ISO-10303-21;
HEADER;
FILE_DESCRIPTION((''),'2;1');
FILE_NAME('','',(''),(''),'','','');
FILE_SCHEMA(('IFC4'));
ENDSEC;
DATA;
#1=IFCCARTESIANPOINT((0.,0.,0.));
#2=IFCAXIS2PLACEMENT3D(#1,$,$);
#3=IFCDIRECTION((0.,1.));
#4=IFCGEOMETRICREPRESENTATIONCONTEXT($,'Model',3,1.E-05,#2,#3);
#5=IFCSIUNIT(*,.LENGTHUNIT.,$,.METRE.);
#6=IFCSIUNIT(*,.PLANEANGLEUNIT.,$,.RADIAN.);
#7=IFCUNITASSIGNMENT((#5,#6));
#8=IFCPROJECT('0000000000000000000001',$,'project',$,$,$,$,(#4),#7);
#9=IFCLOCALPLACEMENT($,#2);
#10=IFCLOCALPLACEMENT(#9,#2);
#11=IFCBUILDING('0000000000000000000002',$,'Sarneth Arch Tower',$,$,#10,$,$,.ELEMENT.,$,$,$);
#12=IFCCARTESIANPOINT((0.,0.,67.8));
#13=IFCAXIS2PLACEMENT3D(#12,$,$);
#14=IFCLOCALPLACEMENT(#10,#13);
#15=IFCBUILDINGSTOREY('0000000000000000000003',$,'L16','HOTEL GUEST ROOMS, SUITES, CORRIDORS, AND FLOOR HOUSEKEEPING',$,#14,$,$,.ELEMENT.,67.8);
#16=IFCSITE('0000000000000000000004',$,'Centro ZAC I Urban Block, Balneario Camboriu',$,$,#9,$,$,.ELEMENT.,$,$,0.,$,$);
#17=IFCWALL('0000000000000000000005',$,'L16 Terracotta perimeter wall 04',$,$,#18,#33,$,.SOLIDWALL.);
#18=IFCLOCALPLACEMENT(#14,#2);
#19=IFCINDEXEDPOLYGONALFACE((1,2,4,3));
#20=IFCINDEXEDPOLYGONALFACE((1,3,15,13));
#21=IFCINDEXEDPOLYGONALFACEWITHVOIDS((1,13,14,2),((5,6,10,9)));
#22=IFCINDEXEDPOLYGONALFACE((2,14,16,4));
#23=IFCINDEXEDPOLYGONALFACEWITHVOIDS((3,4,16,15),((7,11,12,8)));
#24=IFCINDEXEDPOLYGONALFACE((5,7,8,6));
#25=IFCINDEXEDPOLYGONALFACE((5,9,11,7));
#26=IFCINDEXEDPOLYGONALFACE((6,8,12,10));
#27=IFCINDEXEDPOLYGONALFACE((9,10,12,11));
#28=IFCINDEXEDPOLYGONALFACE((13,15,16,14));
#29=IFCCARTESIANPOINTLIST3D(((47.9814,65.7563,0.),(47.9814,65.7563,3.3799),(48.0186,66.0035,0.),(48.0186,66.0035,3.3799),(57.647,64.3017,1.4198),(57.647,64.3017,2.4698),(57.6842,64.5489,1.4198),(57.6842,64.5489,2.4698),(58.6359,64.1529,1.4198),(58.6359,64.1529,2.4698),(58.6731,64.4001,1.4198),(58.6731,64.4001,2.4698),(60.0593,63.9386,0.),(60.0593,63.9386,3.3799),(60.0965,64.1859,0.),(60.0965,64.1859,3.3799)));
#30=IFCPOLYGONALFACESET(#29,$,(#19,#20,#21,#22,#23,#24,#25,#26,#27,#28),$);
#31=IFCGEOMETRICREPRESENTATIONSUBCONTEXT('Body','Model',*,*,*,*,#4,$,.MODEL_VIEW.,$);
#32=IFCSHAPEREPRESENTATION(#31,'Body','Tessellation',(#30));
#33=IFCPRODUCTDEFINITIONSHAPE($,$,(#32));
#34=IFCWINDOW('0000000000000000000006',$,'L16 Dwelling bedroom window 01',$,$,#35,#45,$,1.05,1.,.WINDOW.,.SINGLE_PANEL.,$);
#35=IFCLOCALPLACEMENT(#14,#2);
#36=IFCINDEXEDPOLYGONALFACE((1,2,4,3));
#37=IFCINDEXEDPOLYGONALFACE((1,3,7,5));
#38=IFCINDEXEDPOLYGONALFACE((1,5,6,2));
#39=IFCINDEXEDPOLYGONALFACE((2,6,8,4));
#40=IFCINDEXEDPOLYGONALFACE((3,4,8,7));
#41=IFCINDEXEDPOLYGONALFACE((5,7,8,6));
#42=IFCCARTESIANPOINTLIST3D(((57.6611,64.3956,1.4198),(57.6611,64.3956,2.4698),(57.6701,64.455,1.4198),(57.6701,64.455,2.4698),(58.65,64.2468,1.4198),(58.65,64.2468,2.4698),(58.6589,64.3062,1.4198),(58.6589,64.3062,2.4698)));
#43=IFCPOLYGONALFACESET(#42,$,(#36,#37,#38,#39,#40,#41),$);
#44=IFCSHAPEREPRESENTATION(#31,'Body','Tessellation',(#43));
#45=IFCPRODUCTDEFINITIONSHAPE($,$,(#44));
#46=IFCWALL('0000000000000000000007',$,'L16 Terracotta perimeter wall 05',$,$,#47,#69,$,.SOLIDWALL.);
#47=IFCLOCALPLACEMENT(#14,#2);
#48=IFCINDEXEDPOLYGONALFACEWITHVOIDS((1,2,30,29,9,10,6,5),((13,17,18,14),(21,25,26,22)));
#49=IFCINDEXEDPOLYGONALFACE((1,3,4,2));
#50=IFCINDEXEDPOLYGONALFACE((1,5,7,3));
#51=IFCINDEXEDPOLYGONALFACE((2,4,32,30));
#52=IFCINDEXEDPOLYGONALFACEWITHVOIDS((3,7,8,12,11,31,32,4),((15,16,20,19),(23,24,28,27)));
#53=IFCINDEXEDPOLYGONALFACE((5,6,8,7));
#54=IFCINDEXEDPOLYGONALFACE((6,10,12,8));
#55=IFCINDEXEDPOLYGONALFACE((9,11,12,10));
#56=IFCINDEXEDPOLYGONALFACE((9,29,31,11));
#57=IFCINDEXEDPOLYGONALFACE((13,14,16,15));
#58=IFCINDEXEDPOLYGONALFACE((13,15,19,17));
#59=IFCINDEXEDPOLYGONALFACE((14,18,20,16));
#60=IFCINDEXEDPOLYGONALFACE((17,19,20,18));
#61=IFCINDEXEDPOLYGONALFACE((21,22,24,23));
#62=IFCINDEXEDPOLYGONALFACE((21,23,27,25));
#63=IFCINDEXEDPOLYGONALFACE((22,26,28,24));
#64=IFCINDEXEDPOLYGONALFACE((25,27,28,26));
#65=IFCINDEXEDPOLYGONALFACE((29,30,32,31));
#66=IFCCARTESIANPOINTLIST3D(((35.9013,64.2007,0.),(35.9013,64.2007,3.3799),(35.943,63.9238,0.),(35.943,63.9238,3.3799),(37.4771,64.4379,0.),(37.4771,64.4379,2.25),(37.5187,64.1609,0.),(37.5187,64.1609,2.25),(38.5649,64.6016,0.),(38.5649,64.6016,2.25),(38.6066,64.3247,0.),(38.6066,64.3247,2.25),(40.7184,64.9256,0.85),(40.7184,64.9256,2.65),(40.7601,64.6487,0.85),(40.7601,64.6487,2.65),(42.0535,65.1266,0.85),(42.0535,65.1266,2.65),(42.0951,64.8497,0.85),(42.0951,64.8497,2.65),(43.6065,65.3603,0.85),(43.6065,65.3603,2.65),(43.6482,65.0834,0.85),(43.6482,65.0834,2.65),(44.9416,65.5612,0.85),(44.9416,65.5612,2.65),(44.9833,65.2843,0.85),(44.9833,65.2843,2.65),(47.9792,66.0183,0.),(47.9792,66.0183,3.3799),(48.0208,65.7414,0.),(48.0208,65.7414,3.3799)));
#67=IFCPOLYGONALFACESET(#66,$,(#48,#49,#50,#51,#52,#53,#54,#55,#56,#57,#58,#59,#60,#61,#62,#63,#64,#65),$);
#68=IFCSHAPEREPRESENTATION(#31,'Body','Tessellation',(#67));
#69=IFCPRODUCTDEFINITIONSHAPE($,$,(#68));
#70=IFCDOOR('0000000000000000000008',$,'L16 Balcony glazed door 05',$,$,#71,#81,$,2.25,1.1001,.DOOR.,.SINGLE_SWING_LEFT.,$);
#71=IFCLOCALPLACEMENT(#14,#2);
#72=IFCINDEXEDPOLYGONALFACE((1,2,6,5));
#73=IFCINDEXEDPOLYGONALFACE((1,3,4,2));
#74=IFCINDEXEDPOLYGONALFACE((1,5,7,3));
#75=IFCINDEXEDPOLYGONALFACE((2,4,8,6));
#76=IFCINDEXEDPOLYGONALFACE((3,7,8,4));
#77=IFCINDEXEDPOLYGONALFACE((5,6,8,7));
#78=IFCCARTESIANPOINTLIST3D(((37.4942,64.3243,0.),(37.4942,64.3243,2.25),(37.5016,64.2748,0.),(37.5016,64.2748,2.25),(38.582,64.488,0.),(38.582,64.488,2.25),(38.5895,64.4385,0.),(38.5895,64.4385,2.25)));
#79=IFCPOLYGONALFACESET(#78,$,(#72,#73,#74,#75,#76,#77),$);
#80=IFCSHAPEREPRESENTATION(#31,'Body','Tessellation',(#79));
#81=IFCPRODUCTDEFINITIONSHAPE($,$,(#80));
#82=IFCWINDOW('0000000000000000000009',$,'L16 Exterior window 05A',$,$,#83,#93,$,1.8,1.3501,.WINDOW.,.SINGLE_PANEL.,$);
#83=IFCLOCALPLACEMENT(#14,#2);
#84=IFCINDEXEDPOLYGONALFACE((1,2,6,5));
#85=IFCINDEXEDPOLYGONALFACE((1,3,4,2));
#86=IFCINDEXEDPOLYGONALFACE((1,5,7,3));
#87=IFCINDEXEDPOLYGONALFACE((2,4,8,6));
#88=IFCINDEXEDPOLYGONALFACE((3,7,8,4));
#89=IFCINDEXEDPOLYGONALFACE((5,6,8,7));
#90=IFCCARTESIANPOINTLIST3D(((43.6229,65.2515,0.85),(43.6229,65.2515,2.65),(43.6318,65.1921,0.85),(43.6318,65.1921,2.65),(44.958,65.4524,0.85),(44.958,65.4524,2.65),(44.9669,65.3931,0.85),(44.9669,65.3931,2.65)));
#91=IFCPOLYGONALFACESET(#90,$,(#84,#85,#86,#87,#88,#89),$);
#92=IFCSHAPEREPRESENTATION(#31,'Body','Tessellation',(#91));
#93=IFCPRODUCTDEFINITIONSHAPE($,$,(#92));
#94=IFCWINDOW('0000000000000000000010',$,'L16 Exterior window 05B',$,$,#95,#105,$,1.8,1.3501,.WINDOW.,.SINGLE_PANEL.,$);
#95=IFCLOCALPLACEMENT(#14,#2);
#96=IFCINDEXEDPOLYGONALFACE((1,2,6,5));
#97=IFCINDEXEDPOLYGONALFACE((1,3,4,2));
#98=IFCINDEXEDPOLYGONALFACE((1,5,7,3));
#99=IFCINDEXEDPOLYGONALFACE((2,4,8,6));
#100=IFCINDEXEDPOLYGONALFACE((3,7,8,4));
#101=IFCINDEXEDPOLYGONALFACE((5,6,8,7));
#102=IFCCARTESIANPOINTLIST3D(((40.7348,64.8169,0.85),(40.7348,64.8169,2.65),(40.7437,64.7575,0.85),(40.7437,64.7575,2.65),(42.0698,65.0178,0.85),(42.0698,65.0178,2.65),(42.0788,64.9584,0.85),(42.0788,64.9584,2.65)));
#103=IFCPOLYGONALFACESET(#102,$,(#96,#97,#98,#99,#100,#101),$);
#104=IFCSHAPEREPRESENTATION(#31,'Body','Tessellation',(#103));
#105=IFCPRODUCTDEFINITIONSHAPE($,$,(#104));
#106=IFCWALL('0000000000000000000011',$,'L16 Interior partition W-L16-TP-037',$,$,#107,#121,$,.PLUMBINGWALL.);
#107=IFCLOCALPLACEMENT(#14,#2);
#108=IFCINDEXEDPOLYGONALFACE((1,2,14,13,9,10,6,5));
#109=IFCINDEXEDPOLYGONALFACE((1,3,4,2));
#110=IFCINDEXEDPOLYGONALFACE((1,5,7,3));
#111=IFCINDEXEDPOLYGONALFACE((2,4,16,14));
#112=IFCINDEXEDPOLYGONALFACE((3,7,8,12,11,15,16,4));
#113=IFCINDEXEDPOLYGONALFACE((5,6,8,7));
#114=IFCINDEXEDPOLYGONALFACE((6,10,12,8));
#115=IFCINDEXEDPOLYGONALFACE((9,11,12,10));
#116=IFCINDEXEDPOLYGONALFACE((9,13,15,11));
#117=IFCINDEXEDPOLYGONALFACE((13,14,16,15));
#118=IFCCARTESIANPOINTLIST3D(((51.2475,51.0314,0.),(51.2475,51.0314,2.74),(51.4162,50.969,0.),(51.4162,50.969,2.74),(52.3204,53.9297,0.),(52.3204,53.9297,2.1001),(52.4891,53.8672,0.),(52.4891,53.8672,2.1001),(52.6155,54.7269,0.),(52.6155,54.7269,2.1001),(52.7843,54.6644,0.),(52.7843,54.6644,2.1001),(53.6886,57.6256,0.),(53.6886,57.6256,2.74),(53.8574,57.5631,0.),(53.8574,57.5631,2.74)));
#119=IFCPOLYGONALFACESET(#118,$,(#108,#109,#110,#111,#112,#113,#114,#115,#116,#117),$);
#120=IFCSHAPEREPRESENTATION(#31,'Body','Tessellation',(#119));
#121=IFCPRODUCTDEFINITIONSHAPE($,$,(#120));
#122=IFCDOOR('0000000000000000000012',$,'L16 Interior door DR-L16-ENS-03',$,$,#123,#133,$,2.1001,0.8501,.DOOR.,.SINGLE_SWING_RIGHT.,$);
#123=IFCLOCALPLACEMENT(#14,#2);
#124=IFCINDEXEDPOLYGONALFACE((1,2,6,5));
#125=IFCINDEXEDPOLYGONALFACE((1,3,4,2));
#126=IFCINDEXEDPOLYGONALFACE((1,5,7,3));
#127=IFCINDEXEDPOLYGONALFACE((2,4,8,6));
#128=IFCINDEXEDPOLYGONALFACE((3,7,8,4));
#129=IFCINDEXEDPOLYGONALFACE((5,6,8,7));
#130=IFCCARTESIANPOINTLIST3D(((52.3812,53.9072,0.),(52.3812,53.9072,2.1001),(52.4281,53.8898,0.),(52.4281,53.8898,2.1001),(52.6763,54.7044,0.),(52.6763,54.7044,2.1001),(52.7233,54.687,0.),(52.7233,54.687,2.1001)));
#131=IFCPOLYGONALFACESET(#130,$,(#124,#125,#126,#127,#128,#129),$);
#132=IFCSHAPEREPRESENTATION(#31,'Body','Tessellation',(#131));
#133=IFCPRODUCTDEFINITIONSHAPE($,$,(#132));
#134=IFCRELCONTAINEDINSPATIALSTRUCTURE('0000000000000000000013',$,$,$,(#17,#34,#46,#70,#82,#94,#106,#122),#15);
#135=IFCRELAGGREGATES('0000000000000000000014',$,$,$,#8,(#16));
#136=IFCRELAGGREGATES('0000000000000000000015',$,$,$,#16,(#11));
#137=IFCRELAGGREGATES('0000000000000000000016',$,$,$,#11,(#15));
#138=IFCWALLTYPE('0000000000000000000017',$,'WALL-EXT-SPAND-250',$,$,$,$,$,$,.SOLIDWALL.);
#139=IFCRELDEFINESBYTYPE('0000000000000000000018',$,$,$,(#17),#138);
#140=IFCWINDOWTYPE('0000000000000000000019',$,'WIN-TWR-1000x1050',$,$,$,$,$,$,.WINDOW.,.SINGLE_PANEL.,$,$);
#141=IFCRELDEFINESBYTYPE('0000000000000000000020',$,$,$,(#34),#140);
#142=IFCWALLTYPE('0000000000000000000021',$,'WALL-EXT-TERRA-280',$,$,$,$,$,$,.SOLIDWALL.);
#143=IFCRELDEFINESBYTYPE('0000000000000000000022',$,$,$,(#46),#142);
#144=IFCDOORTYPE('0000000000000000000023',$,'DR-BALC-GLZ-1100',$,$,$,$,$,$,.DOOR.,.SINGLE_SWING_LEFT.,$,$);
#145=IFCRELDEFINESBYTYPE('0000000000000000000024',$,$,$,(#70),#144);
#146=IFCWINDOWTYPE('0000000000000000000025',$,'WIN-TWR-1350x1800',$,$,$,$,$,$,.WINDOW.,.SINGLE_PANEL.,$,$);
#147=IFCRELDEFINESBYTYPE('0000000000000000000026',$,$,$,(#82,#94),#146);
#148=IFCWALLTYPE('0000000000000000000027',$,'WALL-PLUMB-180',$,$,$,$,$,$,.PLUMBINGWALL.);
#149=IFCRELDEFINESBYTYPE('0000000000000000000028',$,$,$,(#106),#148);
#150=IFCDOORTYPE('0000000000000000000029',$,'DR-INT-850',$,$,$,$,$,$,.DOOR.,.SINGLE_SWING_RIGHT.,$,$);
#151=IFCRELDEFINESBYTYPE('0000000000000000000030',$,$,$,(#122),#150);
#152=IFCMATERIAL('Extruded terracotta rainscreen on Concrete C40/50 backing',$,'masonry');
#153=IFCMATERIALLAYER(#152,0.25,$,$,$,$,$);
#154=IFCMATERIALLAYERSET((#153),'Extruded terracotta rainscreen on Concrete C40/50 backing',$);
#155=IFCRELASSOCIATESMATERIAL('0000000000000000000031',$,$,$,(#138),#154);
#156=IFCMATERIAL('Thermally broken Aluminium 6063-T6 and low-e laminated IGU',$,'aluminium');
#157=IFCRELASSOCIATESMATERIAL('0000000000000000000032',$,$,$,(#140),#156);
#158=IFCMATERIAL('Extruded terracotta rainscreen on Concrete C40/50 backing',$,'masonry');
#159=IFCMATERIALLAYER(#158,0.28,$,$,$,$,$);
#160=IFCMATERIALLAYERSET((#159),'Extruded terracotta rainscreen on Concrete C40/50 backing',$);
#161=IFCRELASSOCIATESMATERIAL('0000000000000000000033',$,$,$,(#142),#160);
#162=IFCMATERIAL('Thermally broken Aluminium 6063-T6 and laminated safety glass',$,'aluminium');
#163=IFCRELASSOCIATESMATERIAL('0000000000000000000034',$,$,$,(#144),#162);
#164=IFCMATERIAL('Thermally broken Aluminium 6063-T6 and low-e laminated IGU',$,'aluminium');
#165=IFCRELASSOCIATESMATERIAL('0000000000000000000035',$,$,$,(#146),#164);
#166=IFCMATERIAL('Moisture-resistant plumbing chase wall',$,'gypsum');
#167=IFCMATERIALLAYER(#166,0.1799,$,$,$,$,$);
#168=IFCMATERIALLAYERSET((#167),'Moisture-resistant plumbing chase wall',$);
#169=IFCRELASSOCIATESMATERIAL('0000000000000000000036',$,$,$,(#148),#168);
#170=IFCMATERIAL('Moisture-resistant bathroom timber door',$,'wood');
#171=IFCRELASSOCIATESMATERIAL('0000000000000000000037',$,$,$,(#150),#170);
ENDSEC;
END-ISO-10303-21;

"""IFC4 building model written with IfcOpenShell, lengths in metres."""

from ifc_helpers import new_model, si_unit, direction, frame, frame_2d, origin, place, context, subcontext, project, spatial, rectangle, extrude, material, layer, layer_set, type_object, element, fill, save


model = new_model("IFC4")

# Units and contexts
model_context = context("Model", 3, precision=1e-05, world=origin(), true_north=direction((0.0, 1.0)))
body_context = subcontext(model_context, "Body", "Model", "MODEL_VIEW")
ifc_project = project(units=[si_unit("LENGTHUNIT", "METRE"), si_unit("PLANEANGLEUNIT", "RADIAN")], contexts=[model_context])

# Site, building, storey
site_placement = place(None, origin())
site = spatial("IfcSite", under=ifc_project, at=site_placement, Name="Centro ZAC I Urban Block, Balneario Camboriu", CompositionType="ELEMENT", RefElevation=0.0)
building_placement = place(site_placement, origin())
building = spatial("IfcBuilding", under=site, at=building_placement, Name="Sarneth Arch Tower", CompositionType="ELEMENT")
storey_placement = place(building_placement, frame((0.0, 0.0, 67.8)))
storey = spatial("IfcBuildingStorey", under=building, at=storey_placement, Name="L16", Description="HOTEL GUEST ROOMS, SUITES, CORRIDORS, AND FLOOR HOUSEKEEPING", CompositionType="ELEMENT", Elevation=67.8)

# Wall, opening, window
ifc_material_1 = material(Name="Extruded terracotta rainscreen on Concrete C40/50 backing", Category="masonry")
ifc_layer_1 = layer(ifc_material_1, 0.25)
ifc_layer_set_1 = layer_set([ifc_layer_1], Name="Extruded terracotta rainscreen on Concrete C40/50 backing")
wall_type_1 = type_object("IfcWallType", Name="WALL-EXT-SPAND-250", PredefinedType="SOLIDWALL", material=ifc_layer_set_1)
wall_1_placement = place(storey_placement, frame((60.0779, 64.0623, 0.0), z_axis=(0.0, 0.0, 1.0), x_axis=(-0.988865, 0.148816, 0.0)))
wall_1 = element("IfcWall", 1, at=wall_1_placement, inside=storey, type_object=wall_type_1, Name="L16 Terracotta perimeter wall 04", PredefinedType="SOLIDWALL", context=body_context, shape_type="SweptSolid", body=[
    extrude(rectangle(XDim=12.2139, YDim=0.25, at=frame_2d((6.1069, 0.0))), origin(), (0.0, 0.0, 1.0), 3.3799),
])
opening_1_placement = place(wall_1_placement, frame((1.4395, 0.0, 1.4199)))
opening_1 = element("IfcOpeningElement", 2, at=opening_1_placement, cuts=wall_1, PredefinedType="OPENING", context=body_context, shape_type="SweptSolid", body=[
    extrude(rectangle(XDim=1.0, YDim=1.05, at=frame_2d((0.5, 0.5249))), frame((0.0, 0.135, 0.0), z_axis=(0.0, -1.0, 0.0), x_axis=(1.0, 0.0, 0.0)), (0.0, 0.0, 1.0), 0.27),
])
ifc_material_2 = material(Name="Thermally broken Aluminium 6063-T6 and low-e laminated IGU", Category="aluminium")
window_type_1 = type_object("IfcWindowType", Name="WIN-TWR-1000x1050", PartitioningType="SINGLE_PANEL", PredefinedType="WINDOW", material=ifc_material_2)
window_1_placement = place(opening_1_placement, origin())
window_1 = element("IfcWindow", 3, at=window_1_placement, inside=storey, type_object=window_type_1, Name="L16 Dwelling bedroom window 01", OverallHeight=1.05, OverallWidth=1.0, PartitioningType="SINGLE_PANEL", PredefinedType="WINDOW", context=body_context, shape_type="SweptSolid", body=[
    extrude(rectangle(XDim=1.0, YDim=1.05, at=frame_2d((0.5, 0.5249))), frame((0.0, 0.03, 0.0), z_axis=(0.0, -1.0, 0.0), x_axis=(1.0, 0.0, 0.0)), (0.0, 0.0, 1.0), 0.0601),
])
fill(opening_1, window_1)

# Wall, openings, door, windows
ifc_material_3 = material(Name="Extruded terracotta rainscreen on Concrete C40/50 backing", Category="masonry")
ifc_layer_2 = layer(ifc_material_3, 0.28)
ifc_layer_set_2 = layer_set([ifc_layer_2], Name="Extruded terracotta rainscreen on Concrete C40/50 backing")
wall_type_2 = type_object("IfcWallType", Name="WALL-EXT-TERRA-280", PredefinedType="SOLIDWALL", material=ifc_layer_set_2)
wall_2_placement = place(storey_placement, frame((48.0, 65.8799, 0.0), z_axis=(0.0, 0.0, 1.0), x_axis=(-0.988865, -0.148816, 0.0)))
wall_2 = element("IfcWall", 4, at=wall_2_placement, inside=storey, type_object=wall_type_2, Name="L16 Terracotta perimeter wall 05", PredefinedType="SOLIDWALL", context=body_context, shape_type="SweptSolid", body=[
    extrude(rectangle(XDim=12.2139, YDim=0.28, at=frame_2d((6.1069, 0.0))), origin(), (0.0, 0.0, 1.0), 3.3799),
])
opening_2_placement = place(wall_2_placement, frame((3.0718, 0.0, 0.8501)))
opening_2 = element("IfcOpeningElement", 5, at=opening_2_placement, cuts=wall_2, PredefinedType="OPENING", context=body_context, shape_type="SweptSolid", body=[
    extrude(rectangle(XDim=1.3501, YDim=1.8, at=frame_2d((0.675, 0.8999))), frame((0.0, 0.1499, 0.0), z_axis=(0.0, -1.0, 0.0), x_axis=(1.0, 0.0, 0.0)), (0.0, 0.0, 1.0), 0.3),
])
opening_3_placement = place(wall_2_placement, frame((5.9924, 0.0, 0.8501)))
opening_3 = element("IfcOpeningElement", 6, at=opening_3_placement, cuts=wall_2, PredefinedType="OPENING", context=body_context, shape_type="SweptSolid", body=[
    extrude(rectangle(XDim=1.3501, YDim=1.8, at=frame_2d((0.675, 0.8999))), frame((0.0, 0.1499, 0.0), z_axis=(0.0, -1.0, 0.0), x_axis=(1.0, 0.0, 0.0)), (0.0, 0.0, 1.0), 0.3),
])
opening_4_placement = place(wall_2_placement, frame((9.5203, 0.0, 0.0)))
opening_4 = element("IfcOpeningElement", 7, at=opening_4_placement, cuts=wall_2, PredefinedType="OPENING", context=body_context, shape_type="SweptSolid", body=[
    extrude(rectangle(XDim=1.1001, YDim=2.25, at=frame_2d((0.55, 1.125))), frame((0.0, 0.1499, 0.0), z_axis=(0.0, -1.0, 0.0), x_axis=(1.0, 0.0, 0.0)), (0.0, 0.0, 1.0), 0.3),
])
ifc_material_4 = material(Name="Thermally broken Aluminium 6063-T6 and laminated safety glass", Category="aluminium")
door_type_1 = type_object("IfcDoorType", Name="DR-BALC-GLZ-1100", OperationType="SINGLE_SWING_LEFT", PredefinedType="DOOR", material=ifc_material_4)
door_1_placement = place(opening_4_placement, origin())
door_1 = element("IfcDoor", 8, at=door_1_placement, inside=storey, type_object=door_type_1, Name="L16 Balcony glazed door 05", OperationType="SINGLE_SWING_LEFT", OverallHeight=2.25, OverallWidth=1.1001, PredefinedType="DOOR", context=body_context, shape_type="SweptSolid", body=[
    extrude(rectangle(XDim=1.1001, YDim=2.25, at=frame_2d((0.55, 1.125))), frame((0.0, 0.0249, 0.0), z_axis=(0.0, -1.0, 0.0), x_axis=(1.0, 0.0, 0.0)), (0.0, 0.0, 1.0), 0.05),
])
fill(opening_4, door_1)
ifc_material_5 = material(Name="Thermally broken Aluminium 6063-T6 and low-e laminated IGU", Category="aluminium")
window_type_2 = type_object("IfcWindowType", Name="WIN-TWR-1350x1800", PartitioningType="SINGLE_PANEL", PredefinedType="WINDOW", material=ifc_material_5)
window_2_placement = place(opening_2_placement, origin())
window_2 = element("IfcWindow", 9, at=window_2_placement, inside=storey, type_object=window_type_2, Name="L16 Exterior window 05A", OverallHeight=1.8, OverallWidth=1.3501, PartitioningType="SINGLE_PANEL", PredefinedType="WINDOW", context=body_context, shape_type="SweptSolid", body=[
    extrude(rectangle(XDim=1.3501, YDim=1.8, at=frame_2d((0.675, 0.8999))), frame((0.0, 0.03, 0.0), z_axis=(0.0, -1.0, 0.0), x_axis=(1.0, 0.0, 0.0)), (0.0, 0.0, 1.0), 0.0601),
])
fill(opening_2, window_2)
window_3_placement = place(opening_3_placement, origin())
window_3 = element("IfcWindow", 10, at=window_3_placement, inside=storey, type_object=window_type_2, Name="L16 Exterior window 05B", OverallHeight=1.8, OverallWidth=1.3501, PartitioningType="SINGLE_PANEL", PredefinedType="WINDOW", context=body_context, shape_type="SweptSolid", body=[
    extrude(rectangle(XDim=1.3501, YDim=1.8, at=frame_2d((0.675, 0.8999))), frame((0.0, 0.03, 0.0), z_axis=(0.0, -1.0, 0.0), x_axis=(1.0, 0.0, 0.0)), (0.0, 0.0, 1.0), 0.0601),
])
fill(opening_3, window_3)

# Wall, opening, door
ifc_material_6 = material(Name="Moisture-resistant plumbing chase wall", Category="gypsum")
ifc_layer_3 = layer(ifc_material_6, 0.1799)
ifc_layer_set_3 = layer_set([ifc_layer_3], Name="Moisture-resistant plumbing chase wall")
wall_type_3 = type_object("IfcWallType", Name="WALL-PLUMB-180", PredefinedType="PLUMBINGWALL", material=ifc_layer_set_3)
wall_3_placement = place(storey_placement, frame((53.7729, 57.5942, 0.0), z_axis=(0.0, 0.0, 1.0), x_axis=(-0.347171, -0.937802, 0.0)))
wall_3 = element("IfcWall", 11, at=wall_3_placement, inside=storey, type_object=wall_type_3, Name="L16 Interior partition W-L16-TP-037", PredefinedType="PLUMBINGWALL", context=body_context, shape_type="SweptSolid", body=[
    extrude(rectangle(XDim=7.0315, YDim=0.1799, at=frame_2d((3.5156, 0.0))), origin(), (0.0, 0.0, 1.0), 2.74),
])
opening_5_placement = place(wall_3_placement, frame((3.0908, 0.0, 0.0)))
opening_5 = element("IfcOpeningElement", 12, at=opening_5_placement, cuts=wall_3, PredefinedType="OPENING", context=body_context, shape_type="SweptSolid", body=[
    extrude(rectangle(XDim=0.8501, YDim=2.1001, at=frame_2d((0.425, 1.05))), frame((0.0, 0.0999, 0.0), z_axis=(0.0, -1.0, 0.0), x_axis=(1.0, 0.0, 0.0)), (0.0, 0.0, 1.0), 0.2),
])
ifc_material_7 = material(Name="Moisture-resistant bathroom timber door", Category="wood")
door_type_2 = type_object("IfcDoorType", Name="DR-INT-850", OperationType="SINGLE_SWING_RIGHT", PredefinedType="DOOR", material=ifc_material_7)
door_2_placement = place(opening_5_placement, origin())
door_2 = element("IfcDoor", 13, at=door_2_placement, inside=storey, type_object=door_type_2, Name="L16 Interior door DR-L16-ENS-03", OperationType="SINGLE_SWING_RIGHT", OverallHeight=2.1001, OverallWidth=0.8501, PredefinedType="DOOR", context=body_context, shape_type="SweptSolid", body=[
    extrude(rectangle(XDim=0.8501, YDim=2.1001, at=frame_2d((0.425, 1.05))), frame((0.0, 0.0249, 0.0), z_axis=(0.0, -1.0, 0.0), x_axis=(1.0, 0.0, 0.0)), (0.0, 0.0, 1.0), 0.05),
])
fill(opening_5, door_2)

save(model, "model.ifc")
